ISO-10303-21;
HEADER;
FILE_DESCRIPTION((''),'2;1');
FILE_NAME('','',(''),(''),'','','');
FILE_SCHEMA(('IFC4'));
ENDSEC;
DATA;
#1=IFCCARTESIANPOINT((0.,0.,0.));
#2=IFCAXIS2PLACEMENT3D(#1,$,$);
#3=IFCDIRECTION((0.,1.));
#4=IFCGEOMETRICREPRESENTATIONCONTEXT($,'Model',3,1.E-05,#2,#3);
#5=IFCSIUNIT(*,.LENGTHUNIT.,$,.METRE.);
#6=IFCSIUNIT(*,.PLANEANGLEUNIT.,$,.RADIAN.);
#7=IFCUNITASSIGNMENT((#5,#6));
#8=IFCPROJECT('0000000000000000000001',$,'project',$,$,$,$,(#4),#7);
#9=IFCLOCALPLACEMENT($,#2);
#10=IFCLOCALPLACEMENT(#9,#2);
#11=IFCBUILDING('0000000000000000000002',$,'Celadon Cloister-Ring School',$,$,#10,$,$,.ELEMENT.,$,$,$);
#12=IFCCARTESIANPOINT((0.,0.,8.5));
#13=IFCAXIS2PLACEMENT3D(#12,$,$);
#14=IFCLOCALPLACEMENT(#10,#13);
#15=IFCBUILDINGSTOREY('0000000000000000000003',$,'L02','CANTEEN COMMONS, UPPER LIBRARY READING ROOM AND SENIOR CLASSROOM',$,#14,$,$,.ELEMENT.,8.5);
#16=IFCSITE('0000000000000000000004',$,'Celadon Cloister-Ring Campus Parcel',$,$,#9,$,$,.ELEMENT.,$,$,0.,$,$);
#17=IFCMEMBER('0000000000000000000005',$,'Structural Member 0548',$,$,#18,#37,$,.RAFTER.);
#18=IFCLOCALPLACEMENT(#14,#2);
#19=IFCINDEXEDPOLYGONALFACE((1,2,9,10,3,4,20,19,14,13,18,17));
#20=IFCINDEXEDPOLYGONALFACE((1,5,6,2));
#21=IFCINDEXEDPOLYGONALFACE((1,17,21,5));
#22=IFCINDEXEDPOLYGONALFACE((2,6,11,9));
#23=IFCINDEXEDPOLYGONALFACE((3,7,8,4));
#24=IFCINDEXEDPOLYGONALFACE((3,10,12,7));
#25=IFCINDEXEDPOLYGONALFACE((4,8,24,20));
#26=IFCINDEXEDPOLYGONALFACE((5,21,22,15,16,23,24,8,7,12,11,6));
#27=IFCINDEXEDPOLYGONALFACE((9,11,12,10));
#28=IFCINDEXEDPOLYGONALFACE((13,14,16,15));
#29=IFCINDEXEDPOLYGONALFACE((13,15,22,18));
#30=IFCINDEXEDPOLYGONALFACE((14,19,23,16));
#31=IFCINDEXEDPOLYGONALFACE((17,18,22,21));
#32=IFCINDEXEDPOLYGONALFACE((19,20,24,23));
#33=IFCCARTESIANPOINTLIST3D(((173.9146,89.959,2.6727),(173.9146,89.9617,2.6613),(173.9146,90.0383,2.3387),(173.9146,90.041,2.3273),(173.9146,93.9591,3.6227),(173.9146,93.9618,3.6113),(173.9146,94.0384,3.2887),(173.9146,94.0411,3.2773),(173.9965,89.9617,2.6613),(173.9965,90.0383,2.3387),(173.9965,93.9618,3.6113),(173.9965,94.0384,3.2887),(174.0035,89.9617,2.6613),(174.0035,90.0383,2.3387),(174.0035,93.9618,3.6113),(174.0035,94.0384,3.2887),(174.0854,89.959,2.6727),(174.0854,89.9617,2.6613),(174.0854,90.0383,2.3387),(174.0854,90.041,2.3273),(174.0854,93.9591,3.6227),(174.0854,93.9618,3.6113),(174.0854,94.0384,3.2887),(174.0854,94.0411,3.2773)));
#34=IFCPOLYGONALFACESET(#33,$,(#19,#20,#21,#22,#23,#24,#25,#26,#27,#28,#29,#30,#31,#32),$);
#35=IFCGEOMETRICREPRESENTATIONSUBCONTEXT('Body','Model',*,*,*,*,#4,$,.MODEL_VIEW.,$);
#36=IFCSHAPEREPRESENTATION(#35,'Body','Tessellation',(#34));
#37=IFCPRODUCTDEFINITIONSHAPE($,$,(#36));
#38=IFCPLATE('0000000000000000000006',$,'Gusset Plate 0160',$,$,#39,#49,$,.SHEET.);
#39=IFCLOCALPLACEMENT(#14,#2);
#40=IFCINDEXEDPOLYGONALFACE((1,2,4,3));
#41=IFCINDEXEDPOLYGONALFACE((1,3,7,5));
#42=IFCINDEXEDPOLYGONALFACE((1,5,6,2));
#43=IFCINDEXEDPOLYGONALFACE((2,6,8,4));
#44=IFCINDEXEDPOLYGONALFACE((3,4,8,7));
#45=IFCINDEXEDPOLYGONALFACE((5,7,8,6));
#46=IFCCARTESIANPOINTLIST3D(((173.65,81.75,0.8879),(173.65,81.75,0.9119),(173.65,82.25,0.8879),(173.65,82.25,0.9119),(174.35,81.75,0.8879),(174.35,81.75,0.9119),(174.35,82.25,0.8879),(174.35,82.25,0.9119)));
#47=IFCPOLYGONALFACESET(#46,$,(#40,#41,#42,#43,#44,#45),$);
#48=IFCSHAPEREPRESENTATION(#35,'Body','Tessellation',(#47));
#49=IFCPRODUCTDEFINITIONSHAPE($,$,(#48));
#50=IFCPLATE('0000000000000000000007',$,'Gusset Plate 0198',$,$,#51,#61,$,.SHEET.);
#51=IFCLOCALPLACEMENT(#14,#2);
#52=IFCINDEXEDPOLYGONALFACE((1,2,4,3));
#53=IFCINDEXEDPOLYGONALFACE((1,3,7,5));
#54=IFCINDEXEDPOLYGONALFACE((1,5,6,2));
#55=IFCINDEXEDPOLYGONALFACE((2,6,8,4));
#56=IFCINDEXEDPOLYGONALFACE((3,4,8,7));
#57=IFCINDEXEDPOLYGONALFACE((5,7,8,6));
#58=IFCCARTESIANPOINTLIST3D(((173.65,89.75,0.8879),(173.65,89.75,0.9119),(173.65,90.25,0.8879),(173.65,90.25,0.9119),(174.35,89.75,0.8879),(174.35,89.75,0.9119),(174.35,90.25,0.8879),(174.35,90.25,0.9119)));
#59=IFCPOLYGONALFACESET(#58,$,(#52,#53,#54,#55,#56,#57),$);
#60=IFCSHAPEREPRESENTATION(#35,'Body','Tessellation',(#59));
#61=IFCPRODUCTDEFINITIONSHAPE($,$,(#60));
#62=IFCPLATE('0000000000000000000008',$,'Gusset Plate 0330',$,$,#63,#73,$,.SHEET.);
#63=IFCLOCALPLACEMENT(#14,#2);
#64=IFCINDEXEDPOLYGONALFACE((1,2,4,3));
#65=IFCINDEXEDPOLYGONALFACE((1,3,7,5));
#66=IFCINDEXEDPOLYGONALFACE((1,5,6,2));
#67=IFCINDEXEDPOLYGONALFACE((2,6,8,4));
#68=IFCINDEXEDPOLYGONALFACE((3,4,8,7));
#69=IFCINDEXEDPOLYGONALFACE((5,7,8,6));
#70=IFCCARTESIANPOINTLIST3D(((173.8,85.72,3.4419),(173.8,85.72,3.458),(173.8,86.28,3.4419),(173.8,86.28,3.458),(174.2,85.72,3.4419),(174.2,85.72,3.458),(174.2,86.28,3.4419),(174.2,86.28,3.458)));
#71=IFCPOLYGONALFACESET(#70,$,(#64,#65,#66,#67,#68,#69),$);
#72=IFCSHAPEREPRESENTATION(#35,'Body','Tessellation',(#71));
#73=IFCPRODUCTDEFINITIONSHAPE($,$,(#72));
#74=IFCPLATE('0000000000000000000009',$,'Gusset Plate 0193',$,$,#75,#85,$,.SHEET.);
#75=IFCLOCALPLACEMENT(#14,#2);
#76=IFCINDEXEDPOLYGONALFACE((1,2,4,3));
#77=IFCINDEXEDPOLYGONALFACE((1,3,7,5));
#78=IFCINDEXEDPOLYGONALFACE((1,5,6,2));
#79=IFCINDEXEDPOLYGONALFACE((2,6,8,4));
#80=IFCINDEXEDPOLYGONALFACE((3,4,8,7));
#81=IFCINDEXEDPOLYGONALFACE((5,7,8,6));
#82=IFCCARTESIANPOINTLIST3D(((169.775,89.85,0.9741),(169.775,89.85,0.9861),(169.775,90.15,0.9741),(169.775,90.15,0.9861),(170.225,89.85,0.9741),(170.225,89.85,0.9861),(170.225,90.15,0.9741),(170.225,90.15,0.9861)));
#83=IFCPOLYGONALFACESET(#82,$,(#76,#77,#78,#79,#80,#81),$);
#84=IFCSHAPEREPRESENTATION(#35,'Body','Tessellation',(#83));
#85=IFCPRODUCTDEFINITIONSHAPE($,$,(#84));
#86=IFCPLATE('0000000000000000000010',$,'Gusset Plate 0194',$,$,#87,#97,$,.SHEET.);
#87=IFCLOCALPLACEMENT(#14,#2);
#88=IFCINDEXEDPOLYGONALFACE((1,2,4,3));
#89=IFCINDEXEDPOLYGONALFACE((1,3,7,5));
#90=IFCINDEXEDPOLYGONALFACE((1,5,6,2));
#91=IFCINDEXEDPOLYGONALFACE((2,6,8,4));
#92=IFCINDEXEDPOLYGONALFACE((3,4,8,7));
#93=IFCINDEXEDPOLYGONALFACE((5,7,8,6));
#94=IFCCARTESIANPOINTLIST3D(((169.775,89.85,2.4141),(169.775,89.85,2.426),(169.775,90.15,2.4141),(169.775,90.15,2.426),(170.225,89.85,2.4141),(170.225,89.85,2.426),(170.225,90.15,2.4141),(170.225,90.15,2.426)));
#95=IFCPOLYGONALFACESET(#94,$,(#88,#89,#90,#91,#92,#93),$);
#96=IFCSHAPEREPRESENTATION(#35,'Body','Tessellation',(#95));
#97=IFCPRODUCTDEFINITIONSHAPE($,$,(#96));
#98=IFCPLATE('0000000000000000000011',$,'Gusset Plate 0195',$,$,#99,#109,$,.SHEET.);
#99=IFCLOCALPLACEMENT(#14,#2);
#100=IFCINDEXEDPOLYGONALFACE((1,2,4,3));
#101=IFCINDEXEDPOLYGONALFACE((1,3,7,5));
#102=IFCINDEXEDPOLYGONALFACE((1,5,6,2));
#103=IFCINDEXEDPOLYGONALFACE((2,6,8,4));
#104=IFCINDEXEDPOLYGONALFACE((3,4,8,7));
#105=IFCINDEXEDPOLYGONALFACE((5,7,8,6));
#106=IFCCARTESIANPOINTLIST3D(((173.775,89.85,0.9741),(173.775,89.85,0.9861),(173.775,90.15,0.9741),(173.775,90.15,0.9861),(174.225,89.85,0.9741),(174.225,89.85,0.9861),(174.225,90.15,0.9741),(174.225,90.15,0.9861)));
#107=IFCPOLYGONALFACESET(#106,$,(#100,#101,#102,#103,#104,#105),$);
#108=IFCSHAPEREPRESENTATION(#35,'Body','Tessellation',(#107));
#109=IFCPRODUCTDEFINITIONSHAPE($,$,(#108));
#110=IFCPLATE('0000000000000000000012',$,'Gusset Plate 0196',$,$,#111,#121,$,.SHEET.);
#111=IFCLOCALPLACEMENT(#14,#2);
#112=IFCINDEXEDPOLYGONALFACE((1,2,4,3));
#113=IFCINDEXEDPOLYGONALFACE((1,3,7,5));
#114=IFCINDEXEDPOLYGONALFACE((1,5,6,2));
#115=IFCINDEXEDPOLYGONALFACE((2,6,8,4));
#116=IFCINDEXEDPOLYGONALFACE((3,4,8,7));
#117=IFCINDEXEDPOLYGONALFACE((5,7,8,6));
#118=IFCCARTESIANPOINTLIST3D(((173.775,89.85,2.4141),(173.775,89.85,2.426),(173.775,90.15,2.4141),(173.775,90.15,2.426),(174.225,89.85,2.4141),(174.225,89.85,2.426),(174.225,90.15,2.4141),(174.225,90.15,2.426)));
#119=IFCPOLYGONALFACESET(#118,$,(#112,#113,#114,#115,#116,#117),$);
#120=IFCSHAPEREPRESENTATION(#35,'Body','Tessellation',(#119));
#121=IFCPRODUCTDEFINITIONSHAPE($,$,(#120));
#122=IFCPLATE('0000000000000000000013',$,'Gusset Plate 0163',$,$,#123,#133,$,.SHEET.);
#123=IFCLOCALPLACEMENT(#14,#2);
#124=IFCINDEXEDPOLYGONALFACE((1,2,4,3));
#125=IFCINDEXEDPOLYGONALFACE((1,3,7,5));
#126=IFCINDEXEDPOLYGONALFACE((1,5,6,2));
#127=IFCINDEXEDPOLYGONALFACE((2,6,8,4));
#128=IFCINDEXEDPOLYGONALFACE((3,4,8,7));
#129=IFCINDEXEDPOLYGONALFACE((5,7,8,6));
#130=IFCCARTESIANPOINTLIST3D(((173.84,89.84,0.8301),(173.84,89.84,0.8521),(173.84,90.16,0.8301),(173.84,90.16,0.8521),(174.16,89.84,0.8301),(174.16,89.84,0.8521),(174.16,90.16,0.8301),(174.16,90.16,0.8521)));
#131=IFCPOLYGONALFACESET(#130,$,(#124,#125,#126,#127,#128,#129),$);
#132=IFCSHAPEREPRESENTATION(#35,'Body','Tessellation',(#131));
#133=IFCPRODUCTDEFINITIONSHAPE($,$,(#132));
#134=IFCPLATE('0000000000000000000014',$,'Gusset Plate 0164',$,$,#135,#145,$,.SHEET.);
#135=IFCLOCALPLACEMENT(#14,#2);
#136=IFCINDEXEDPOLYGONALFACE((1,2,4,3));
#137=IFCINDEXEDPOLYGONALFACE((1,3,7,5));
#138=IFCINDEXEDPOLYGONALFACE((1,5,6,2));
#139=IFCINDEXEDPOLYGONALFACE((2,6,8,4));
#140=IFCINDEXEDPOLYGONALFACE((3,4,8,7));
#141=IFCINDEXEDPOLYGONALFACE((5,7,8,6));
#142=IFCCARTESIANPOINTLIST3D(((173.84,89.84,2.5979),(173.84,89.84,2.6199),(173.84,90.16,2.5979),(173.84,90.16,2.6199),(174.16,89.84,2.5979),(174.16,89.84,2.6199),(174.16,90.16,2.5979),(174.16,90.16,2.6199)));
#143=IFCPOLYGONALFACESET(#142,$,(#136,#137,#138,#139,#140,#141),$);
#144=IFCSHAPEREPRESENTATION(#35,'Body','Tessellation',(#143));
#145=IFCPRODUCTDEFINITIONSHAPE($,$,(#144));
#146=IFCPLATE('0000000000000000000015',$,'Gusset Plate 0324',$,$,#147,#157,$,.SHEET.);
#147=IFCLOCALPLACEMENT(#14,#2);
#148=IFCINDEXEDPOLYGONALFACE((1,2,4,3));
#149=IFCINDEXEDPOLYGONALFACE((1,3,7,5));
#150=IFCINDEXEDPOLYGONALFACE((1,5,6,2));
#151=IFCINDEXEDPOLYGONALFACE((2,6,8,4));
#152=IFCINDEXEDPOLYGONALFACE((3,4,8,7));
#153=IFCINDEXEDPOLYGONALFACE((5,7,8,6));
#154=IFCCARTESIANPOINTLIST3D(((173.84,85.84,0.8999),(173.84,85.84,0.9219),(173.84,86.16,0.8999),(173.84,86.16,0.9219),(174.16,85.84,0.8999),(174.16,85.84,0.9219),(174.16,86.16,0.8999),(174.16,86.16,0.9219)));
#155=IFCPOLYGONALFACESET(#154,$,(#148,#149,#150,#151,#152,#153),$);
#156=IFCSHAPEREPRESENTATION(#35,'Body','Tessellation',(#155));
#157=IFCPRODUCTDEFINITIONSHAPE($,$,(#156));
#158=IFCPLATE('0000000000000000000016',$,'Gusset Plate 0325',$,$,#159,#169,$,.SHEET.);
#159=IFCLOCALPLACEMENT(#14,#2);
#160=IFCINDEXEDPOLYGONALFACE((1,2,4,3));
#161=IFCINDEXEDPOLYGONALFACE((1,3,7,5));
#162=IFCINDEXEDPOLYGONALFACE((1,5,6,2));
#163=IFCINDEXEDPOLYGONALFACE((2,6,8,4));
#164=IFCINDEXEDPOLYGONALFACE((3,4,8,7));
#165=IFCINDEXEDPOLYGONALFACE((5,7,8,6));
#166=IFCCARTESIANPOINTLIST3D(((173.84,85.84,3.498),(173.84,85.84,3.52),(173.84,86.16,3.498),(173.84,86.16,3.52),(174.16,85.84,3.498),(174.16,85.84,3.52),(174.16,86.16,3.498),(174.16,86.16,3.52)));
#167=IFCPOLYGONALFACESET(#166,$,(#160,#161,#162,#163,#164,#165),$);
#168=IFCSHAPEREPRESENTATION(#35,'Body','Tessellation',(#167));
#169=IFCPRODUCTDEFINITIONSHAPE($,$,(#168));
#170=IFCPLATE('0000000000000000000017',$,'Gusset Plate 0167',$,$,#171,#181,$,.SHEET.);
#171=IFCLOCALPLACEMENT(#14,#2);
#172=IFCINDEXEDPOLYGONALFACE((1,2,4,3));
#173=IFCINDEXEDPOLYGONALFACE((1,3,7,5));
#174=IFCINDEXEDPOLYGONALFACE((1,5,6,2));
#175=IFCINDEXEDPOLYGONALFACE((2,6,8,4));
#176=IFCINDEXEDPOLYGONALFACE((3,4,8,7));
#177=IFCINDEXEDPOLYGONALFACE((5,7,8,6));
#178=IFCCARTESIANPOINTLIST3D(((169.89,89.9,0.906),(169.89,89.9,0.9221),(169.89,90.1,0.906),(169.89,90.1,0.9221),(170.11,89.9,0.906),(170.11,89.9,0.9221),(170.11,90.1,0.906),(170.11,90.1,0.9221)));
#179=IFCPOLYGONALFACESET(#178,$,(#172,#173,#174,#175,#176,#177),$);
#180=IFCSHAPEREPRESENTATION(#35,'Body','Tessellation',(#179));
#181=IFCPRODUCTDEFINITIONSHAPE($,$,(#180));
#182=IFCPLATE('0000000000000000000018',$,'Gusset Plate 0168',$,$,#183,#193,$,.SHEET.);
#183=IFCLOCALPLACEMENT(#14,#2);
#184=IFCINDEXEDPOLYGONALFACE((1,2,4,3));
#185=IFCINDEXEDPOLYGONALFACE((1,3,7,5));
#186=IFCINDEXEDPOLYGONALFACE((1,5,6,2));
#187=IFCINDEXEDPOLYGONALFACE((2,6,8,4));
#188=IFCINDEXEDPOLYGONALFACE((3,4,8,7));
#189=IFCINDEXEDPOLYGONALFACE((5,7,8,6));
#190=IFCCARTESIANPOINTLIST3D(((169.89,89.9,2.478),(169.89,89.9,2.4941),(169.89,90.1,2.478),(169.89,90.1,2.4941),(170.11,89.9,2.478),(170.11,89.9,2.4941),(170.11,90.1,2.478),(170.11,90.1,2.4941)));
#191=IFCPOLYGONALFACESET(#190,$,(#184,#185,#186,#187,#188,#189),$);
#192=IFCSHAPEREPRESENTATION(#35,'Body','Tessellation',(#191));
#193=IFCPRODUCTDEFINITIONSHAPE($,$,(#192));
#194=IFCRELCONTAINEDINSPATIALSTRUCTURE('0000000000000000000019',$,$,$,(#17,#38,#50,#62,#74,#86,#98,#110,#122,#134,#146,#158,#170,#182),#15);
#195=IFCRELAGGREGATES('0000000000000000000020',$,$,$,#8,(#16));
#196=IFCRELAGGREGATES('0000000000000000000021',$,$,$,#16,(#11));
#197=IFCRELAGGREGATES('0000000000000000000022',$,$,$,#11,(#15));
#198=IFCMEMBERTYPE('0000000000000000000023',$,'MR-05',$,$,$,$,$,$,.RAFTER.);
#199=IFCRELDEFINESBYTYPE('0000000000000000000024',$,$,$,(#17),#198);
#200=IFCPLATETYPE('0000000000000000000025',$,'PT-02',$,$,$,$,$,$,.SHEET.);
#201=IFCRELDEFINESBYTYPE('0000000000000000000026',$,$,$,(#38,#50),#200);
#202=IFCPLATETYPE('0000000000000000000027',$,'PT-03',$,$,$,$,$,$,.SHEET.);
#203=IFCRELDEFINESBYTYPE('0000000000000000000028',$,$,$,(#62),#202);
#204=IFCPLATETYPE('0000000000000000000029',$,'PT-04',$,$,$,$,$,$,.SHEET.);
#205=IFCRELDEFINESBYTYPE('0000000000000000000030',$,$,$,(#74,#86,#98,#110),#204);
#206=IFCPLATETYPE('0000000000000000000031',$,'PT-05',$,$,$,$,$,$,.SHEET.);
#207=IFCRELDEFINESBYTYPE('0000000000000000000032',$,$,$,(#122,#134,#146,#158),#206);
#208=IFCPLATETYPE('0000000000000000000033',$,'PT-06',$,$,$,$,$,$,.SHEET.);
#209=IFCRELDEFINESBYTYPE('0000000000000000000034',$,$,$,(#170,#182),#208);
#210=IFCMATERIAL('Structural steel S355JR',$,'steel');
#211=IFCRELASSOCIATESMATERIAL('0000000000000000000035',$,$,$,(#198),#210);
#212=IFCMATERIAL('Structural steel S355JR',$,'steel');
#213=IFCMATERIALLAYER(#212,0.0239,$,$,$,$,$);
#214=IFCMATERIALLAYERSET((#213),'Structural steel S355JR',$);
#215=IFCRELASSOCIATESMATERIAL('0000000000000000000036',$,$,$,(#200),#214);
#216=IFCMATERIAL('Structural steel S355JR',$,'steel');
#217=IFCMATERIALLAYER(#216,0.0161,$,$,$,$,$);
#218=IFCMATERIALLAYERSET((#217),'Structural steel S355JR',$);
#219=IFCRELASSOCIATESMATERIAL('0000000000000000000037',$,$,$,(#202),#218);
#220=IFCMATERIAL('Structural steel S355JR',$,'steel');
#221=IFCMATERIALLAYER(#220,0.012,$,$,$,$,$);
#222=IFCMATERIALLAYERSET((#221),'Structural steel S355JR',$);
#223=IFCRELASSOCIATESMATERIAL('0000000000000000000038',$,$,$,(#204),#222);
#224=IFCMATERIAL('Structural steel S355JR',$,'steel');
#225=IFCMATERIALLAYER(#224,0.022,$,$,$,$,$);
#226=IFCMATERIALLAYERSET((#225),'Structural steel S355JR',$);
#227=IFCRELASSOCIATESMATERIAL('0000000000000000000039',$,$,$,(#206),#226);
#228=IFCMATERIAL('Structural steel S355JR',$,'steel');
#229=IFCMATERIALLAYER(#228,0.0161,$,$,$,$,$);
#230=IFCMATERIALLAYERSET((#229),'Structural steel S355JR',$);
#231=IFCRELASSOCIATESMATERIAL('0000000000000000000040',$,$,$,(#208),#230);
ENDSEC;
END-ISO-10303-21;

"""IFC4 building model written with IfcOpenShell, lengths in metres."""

from ifc_helpers import new_model, si_unit, direction, frame, origin, origin_2d, place, context, subcontext, project, spatial, rectangle, i_section, extrude, material, layer, layer_set, material_profile, profile_set, type_object, element, save


model = new_model("IFC4")

# Units and contexts
model_context = context("Model", 3, precision=1e-05, world=origin(), true_north=direction((0.0, 1.0)))
body_context = subcontext(model_context, "Body", "Model", "MODEL_VIEW")
ifc_project = project(units=[si_unit("LENGTHUNIT", "METRE"), si_unit("PLANEANGLEUNIT", "RADIAN")], contexts=[model_context])

# Site, building, storey
site_placement = place(None, origin())
site = spatial("IfcSite", under=ifc_project, at=site_placement, Name="Celadon Cloister-Ring Campus Parcel", CompositionType="ELEMENT", RefElevation=0.0)
building_placement = place(site_placement, origin())
building = spatial("IfcBuilding", under=site, at=building_placement, Name="Celadon Cloister-Ring School", CompositionType="ELEMENT")
storey_placement = place(building_placement, frame((0.0, 0.0, 8.5)))
storey = spatial("IfcBuildingStorey", under=building, at=storey_placement, Name="L02", Description="CANTEEN COMMONS, UPPER LIBRARY READING ROOM AND SENIOR CLASSROOM", CompositionType="ELEMENT", Elevation=8.5)

# Member
ifc_material_1 = material(Name="Structural steel S355JR", Category="steel")
ifc_material_profile_1 = material_profile(ifc_material_1, i_section(OverallWidth=0.1709, OverallDepth=0.355, WebThickness=0.0071, FlangeThickness=0.0117, at=origin_2d()), Name="W360X51")
ifc_profile_set_1 = profile_set([ifc_material_profile_1], Name="Structural steel S355JR")
member_type_1 = type_object("IfcMemberType", Name="MR-05", PredefinedType="RAFTER", material=ifc_profile_set_1)
for number, where, z_axis, x_axis, name in (
    (1, (174.0, 90.0, 2.5), (0.0, 0.972939, 0.231061), (-1.0, 0.0, 0.0), "Structural Member 0548"),
):
    element("IfcMember", number, at=place(storey_placement, frame(where, z_axis=z_axis, x_axis=x_axis)), inside=storey, type_object=member_type_1, Name=name, PredefinedType="RAFTER", context=body_context, shape_type="SweptSolid", body=[
        extrude(i_section(OverallWidth=0.1709, OverallDepth=0.355, WebThickness=0.0071, FlangeThickness=0.0117, at=origin_2d()), origin(), (0.0, 0.0, 1.0), 4.1113),
    ])

# Plates
ifc_material_2 = material(Name="Structural steel S355JR", Category="steel")
ifc_layer_1 = layer(ifc_material_2, 0.0239)
ifc_layer_set_1 = layer_set([ifc_layer_1], Name="Structural steel S355JR")
plate_type_1 = type_object("IfcPlateType", Name="PT-02", PredefinedType="SHEET", material=ifc_layer_set_1)
for number, where, z_axis, x_axis, name in (
    (2, (174.0, 82.0, 0.8879), (0.0, 0.0, 1.0), (1.0, 0.0, 0.0), "Gusset Plate 0160"),
    (3, (174.0, 90.0, 0.8879), (0.0, 0.0, 1.0), (1.0, 0.0, 0.0), "Gusset Plate 0198"),
):
    element("IfcPlate", number, at=place(storey_placement, frame(where, z_axis=z_axis, x_axis=x_axis)), inside=storey, type_object=plate_type_1, Name=name, PredefinedType="SHEET", context=body_context, shape_type="SweptSolid", body=[
        extrude(rectangle(XDim=0.7, YDim=0.5, at=origin_2d()), origin(), (0.0, 0.0, 1.0), 0.0239),
    ])
ifc_material_3 = material(Name="Structural steel S355JR", Category="steel")
ifc_layer_2 = layer(ifc_material_3, 0.0161)
ifc_layer_set_2 = layer_set([ifc_layer_2], Name="Structural steel S355JR")
plate_type_2 = type_object("IfcPlateType", Name="PT-03", PredefinedType="SHEET", material=ifc_layer_set_2)
plate_placement = place(storey_placement, frame((174.0, 86.0, 3.4419), z_axis=(0.0, 0.0, 1.0), x_axis=(0.0, 1.0, 0.0)))
element("IfcPlate", 4, at=plate_placement, inside=storey, type_object=plate_type_2, Name="Gusset Plate 0330", PredefinedType="SHEET", context=body_context, shape_type="SweptSolid", body=[
    extrude(rectangle(XDim=0.5601, YDim=0.3999, at=origin_2d()), origin(), (0.0, 0.0, 1.0), 0.0161),
])
ifc_material_4 = material(Name="Structural steel S355JR", Category="steel")
ifc_layer_3 = layer(ifc_material_4, 0.012)
ifc_layer_set_3 = layer_set([ifc_layer_3], Name="Structural steel S355JR")
plate_type_3 = type_object("IfcPlateType", Name="PT-04", PredefinedType="SHEET", material=ifc_layer_set_3)
for number, where, z_axis, x_axis, name in (
    (5, (170.0, 90.0, 0.9741), (0.0, 0.0, 1.0), (1.0, 0.0, 0.0), "Gusset Plate 0193"),
    (6, (170.0, 90.0, 2.4141), (0.0, 0.0, 1.0), (1.0, 0.0, 0.0), "Gusset Plate 0194"),
    (7, (174.0, 90.0, 0.9741), (0.0, 0.0, 1.0), (1.0, 0.0, 0.0), "Gusset Plate 0195"),
    (8, (174.0, 90.0, 2.4141), (0.0, 0.0, 1.0), (1.0, 0.0, 0.0), "Gusset Plate 0196"),
):
    element("IfcPlate", number, at=place(storey_placement, frame(where, z_axis=z_axis, x_axis=x_axis)), inside=storey, type_object=plate_type_3, Name=name, PredefinedType="SHEET", context=body_context, shape_type="SweptSolid", body=[
        extrude(rectangle(XDim=0.45, YDim=0.3, at=origin_2d()), origin(), (0.0, 0.0, 1.0), 0.012),
    ])
ifc_material_5 = material(Name="Structural steel S355JR", Category="steel")
ifc_layer_4 = layer(ifc_material_5, 0.022)
ifc_layer_set_4 = layer_set([ifc_layer_4], Name="Structural steel S355JR")
plate_type_4 = type_object("IfcPlateType", Name="PT-05", PredefinedType="SHEET", material=ifc_layer_set_4)
for number, where, z_axis, x_axis, name in (
    (9, (174.0, 90.0, 0.8301), (0.0, 0.0, 1.0), (1.0, 0.0, 0.0), "Gusset Plate 0163"),
    (10, (174.0, 90.0, 2.5979), (0.0, 0.0, 1.0), (1.0, 0.0, 0.0), "Gusset Plate 0164"),
    (11, (174.0, 86.0, 0.8999), (0.0, 0.0, 1.0), (1.0, 0.0, 0.0), "Gusset Plate 0324"),
    (12, (174.0, 86.0, 3.498), (0.0, 0.0, 1.0), (1.0, 0.0, 0.0), "Gusset Plate 0325"),
):
    element("IfcPlate", number, at=place(storey_placement, frame(where, z_axis=z_axis, x_axis=x_axis)), inside=storey, type_object=plate_type_4, Name=name, PredefinedType="SHEET", context=body_context, shape_type="SweptSolid", body=[
        extrude(rectangle(XDim=0.3201, YDim=0.3201, at=origin_2d()), origin(), (0.0, 0.0, 1.0), 0.022),
    ])
ifc_material_6 = material(Name="Structural steel S355JR", Category="steel")
ifc_layer_5 = layer(ifc_material_6, 0.0161)
ifc_layer_set_5 = layer_set([ifc_layer_5], Name="Structural steel S355JR")
plate_type_5 = type_object("IfcPlateType", Name="PT-06", PredefinedType="SHEET", material=ifc_layer_set_5)
for number, where, z_axis, x_axis, name in (
    (13, (170.0, 90.0, 0.906), (0.0, 0.0, 1.0), (1.0, 0.0, 0.0), "Gusset Plate 0167"),
    (14, (170.0, 90.0, 2.478), (0.0, 0.0, 1.0), (1.0, 0.0, 0.0), "Gusset Plate 0168"),
):
    element("IfcPlate", number, at=place(storey_placement, frame(where, z_axis=z_axis, x_axis=x_axis)), inside=storey, type_object=plate_type_5, Name=name, PredefinedType="SHEET", context=body_context, shape_type="SweptSolid", body=[
        extrude(rectangle(XDim=0.22, YDim=0.2, at=origin_2d()), origin(), (0.0, 0.0, 1.0), 0.0161),
    ])

save(model, "model.ifc")
